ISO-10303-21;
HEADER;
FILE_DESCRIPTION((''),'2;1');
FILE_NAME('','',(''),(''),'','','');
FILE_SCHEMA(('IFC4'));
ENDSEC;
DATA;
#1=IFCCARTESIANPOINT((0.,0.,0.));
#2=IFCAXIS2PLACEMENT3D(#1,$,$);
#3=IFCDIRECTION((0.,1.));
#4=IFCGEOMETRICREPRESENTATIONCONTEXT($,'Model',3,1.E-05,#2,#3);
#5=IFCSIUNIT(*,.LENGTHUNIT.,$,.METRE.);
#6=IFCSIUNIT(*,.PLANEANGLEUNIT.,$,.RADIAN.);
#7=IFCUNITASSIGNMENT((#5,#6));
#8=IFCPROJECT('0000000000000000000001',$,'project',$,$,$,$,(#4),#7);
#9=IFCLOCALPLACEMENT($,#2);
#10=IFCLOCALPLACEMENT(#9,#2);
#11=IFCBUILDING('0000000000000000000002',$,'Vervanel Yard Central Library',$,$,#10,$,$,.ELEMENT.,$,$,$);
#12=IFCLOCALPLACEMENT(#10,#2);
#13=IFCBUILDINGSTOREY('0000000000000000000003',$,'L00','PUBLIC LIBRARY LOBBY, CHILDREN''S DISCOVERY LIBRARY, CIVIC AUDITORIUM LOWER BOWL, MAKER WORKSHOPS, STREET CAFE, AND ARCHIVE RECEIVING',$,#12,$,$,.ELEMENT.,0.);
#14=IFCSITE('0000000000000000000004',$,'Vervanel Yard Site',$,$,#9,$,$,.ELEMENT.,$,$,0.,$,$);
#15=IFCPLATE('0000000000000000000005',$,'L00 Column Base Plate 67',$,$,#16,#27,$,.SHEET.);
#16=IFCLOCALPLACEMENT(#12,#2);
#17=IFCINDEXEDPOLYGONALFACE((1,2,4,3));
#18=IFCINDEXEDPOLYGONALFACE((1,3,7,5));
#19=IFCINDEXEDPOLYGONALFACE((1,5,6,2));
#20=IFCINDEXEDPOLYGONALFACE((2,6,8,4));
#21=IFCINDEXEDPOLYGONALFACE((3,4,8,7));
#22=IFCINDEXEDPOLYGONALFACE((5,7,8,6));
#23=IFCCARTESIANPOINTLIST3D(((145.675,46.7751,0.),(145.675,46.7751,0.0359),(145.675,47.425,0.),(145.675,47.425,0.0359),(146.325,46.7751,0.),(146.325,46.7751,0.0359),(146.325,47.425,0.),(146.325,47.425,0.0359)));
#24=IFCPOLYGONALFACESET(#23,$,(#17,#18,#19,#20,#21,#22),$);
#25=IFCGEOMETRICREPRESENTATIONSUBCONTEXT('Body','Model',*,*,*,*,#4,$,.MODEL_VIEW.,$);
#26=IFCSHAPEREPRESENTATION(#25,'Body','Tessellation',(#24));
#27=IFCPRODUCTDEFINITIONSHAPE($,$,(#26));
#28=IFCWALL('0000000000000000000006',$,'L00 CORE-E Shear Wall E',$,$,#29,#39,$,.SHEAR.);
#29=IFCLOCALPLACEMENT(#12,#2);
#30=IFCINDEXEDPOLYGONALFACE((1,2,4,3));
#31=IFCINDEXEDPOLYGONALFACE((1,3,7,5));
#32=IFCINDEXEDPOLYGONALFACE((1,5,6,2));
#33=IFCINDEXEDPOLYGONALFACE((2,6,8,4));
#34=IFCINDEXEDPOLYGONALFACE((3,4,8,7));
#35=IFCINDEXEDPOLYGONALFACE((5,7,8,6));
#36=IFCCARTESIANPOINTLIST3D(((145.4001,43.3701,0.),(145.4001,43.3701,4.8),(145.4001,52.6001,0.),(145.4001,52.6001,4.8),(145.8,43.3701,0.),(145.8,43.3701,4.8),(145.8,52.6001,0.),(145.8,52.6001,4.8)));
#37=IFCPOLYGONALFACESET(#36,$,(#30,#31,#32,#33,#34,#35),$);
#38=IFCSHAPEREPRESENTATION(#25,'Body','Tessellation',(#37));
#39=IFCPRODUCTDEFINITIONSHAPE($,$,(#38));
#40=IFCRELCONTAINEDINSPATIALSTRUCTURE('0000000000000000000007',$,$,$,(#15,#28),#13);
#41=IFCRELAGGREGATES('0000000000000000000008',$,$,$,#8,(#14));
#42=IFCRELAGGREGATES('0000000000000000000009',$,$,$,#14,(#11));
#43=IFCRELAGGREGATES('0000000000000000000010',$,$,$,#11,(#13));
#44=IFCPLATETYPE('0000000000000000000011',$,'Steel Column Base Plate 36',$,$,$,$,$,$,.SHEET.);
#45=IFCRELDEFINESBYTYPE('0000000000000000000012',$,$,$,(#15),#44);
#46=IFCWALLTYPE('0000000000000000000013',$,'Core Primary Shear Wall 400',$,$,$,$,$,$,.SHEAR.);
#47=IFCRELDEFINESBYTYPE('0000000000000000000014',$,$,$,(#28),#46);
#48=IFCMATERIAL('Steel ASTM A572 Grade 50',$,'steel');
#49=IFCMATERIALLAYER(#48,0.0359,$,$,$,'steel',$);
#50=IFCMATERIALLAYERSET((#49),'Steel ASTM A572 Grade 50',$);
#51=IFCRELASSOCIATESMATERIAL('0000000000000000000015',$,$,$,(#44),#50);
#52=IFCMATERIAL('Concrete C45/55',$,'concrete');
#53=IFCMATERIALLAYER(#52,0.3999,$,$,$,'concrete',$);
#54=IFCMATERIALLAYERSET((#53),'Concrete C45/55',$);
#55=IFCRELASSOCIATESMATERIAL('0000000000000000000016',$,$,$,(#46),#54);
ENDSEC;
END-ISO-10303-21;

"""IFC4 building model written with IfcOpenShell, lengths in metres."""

from ifc_helpers import new_model, si_unit, direction, frame, frame_2d, origin, origin_2d, place, context, subcontext, project, spatial, rectangle, extrude, material, layer, layer_set, type_object, element, save


model = new_model("IFC4")

# Units and contexts
model_context = context("Model", 3, precision=1e-05, world=origin(), true_north=direction((0.0, 1.0)))
body_context = subcontext(model_context, "Body", "Model", "MODEL_VIEW")
ifc_project = project(units=[si_unit("LENGTHUNIT", "METRE"), si_unit("PLANEANGLEUNIT", "RADIAN")], contexts=[model_context])

# Site, building, storey
site_placement = place(None, origin())
site = spatial("IfcSite", under=ifc_project, at=site_placement, Name="Vervanel Yard Site", CompositionType="ELEMENT", RefElevation=0.0)
building_placement = place(site_placement, origin())
building = spatial("IfcBuilding", under=site, at=building_placement, Name="Vervanel Yard Central Library", CompositionType="ELEMENT")
storey_placement = place(building_placement, origin())
storey = spatial("IfcBuildingStorey", under=building, at=storey_placement, Name="L00", Description="PUBLIC LIBRARY LOBBY, CHILDREN'S DISCOVERY LIBRARY, CIVIC AUDITORIUM LOWER BOWL, MAKER WORKSHOPS, STREET CAFE, AND ARCHIVE RECEIVING", CompositionType="ELEMENT", Elevation=0.0)

# Plate
ifc_material_1 = material(Name="Steel ASTM A572 Grade 50", Category="steel")
ifc_layer_1 = layer(ifc_material_1, 0.0359, Category="steel")
ifc_layer_set_1 = layer_set([ifc_layer_1], Name="Steel ASTM A572 Grade 50")
plate_type_1 = type_object("IfcPlateType", Name="Steel Column Base Plate 36", PredefinedType="SHEET", material=ifc_layer_set_1)
plate_1_placement = place(storey_placement, frame((146.0, 47.1001, 0.0), z_axis=(0.0, 0.0, 1.0), x_axis=(1.0, 0.0, 0.0)))
element("IfcPlate", 1, at=plate_1_placement, inside=storey, type_object=plate_type_1, Name="L00 Column Base Plate 67", PredefinedType="SHEET", context=body_context, shape_type="SweptSolid", body=[
    extrude(rectangle(XDim=0.6499, YDim=0.6499, at=origin_2d()), origin(), (0.0, 0.0, 1.0), 0.0359),
])

# Wall
ifc_material_2 = material(Name="Concrete C45/55", Category="concrete")
ifc_layer_2 = layer(ifc_material_2, 0.3999, Category="concrete")
ifc_layer_set_2 = layer_set([ifc_layer_2], Name="Concrete C45/55")
wall_type = type_object("IfcWallType", Name="Core Primary Shear Wall 400", PredefinedType="SHEAR", material=ifc_layer_set_2)
wall_placement = place(storey_placement, frame((145.6001, 43.3701, 0.0), z_axis=(0.0, 0.0, 1.0), x_axis=(0.0, 1.0, 0.0)))
element("IfcWall", 2, at=wall_placement, inside=storey, type_object=wall_type, Name="L00 CORE-E Shear Wall E", PredefinedType="SHEAR", context=body_context, shape_type="SweptSolid", body=[
    extrude(rectangle(XDim=9.23, YDim=0.3999, at=frame_2d((4.615, 0.0))), origin(), (0.0, 0.0, 1.0), 4.8),
])

save(model, "model.ifc")
